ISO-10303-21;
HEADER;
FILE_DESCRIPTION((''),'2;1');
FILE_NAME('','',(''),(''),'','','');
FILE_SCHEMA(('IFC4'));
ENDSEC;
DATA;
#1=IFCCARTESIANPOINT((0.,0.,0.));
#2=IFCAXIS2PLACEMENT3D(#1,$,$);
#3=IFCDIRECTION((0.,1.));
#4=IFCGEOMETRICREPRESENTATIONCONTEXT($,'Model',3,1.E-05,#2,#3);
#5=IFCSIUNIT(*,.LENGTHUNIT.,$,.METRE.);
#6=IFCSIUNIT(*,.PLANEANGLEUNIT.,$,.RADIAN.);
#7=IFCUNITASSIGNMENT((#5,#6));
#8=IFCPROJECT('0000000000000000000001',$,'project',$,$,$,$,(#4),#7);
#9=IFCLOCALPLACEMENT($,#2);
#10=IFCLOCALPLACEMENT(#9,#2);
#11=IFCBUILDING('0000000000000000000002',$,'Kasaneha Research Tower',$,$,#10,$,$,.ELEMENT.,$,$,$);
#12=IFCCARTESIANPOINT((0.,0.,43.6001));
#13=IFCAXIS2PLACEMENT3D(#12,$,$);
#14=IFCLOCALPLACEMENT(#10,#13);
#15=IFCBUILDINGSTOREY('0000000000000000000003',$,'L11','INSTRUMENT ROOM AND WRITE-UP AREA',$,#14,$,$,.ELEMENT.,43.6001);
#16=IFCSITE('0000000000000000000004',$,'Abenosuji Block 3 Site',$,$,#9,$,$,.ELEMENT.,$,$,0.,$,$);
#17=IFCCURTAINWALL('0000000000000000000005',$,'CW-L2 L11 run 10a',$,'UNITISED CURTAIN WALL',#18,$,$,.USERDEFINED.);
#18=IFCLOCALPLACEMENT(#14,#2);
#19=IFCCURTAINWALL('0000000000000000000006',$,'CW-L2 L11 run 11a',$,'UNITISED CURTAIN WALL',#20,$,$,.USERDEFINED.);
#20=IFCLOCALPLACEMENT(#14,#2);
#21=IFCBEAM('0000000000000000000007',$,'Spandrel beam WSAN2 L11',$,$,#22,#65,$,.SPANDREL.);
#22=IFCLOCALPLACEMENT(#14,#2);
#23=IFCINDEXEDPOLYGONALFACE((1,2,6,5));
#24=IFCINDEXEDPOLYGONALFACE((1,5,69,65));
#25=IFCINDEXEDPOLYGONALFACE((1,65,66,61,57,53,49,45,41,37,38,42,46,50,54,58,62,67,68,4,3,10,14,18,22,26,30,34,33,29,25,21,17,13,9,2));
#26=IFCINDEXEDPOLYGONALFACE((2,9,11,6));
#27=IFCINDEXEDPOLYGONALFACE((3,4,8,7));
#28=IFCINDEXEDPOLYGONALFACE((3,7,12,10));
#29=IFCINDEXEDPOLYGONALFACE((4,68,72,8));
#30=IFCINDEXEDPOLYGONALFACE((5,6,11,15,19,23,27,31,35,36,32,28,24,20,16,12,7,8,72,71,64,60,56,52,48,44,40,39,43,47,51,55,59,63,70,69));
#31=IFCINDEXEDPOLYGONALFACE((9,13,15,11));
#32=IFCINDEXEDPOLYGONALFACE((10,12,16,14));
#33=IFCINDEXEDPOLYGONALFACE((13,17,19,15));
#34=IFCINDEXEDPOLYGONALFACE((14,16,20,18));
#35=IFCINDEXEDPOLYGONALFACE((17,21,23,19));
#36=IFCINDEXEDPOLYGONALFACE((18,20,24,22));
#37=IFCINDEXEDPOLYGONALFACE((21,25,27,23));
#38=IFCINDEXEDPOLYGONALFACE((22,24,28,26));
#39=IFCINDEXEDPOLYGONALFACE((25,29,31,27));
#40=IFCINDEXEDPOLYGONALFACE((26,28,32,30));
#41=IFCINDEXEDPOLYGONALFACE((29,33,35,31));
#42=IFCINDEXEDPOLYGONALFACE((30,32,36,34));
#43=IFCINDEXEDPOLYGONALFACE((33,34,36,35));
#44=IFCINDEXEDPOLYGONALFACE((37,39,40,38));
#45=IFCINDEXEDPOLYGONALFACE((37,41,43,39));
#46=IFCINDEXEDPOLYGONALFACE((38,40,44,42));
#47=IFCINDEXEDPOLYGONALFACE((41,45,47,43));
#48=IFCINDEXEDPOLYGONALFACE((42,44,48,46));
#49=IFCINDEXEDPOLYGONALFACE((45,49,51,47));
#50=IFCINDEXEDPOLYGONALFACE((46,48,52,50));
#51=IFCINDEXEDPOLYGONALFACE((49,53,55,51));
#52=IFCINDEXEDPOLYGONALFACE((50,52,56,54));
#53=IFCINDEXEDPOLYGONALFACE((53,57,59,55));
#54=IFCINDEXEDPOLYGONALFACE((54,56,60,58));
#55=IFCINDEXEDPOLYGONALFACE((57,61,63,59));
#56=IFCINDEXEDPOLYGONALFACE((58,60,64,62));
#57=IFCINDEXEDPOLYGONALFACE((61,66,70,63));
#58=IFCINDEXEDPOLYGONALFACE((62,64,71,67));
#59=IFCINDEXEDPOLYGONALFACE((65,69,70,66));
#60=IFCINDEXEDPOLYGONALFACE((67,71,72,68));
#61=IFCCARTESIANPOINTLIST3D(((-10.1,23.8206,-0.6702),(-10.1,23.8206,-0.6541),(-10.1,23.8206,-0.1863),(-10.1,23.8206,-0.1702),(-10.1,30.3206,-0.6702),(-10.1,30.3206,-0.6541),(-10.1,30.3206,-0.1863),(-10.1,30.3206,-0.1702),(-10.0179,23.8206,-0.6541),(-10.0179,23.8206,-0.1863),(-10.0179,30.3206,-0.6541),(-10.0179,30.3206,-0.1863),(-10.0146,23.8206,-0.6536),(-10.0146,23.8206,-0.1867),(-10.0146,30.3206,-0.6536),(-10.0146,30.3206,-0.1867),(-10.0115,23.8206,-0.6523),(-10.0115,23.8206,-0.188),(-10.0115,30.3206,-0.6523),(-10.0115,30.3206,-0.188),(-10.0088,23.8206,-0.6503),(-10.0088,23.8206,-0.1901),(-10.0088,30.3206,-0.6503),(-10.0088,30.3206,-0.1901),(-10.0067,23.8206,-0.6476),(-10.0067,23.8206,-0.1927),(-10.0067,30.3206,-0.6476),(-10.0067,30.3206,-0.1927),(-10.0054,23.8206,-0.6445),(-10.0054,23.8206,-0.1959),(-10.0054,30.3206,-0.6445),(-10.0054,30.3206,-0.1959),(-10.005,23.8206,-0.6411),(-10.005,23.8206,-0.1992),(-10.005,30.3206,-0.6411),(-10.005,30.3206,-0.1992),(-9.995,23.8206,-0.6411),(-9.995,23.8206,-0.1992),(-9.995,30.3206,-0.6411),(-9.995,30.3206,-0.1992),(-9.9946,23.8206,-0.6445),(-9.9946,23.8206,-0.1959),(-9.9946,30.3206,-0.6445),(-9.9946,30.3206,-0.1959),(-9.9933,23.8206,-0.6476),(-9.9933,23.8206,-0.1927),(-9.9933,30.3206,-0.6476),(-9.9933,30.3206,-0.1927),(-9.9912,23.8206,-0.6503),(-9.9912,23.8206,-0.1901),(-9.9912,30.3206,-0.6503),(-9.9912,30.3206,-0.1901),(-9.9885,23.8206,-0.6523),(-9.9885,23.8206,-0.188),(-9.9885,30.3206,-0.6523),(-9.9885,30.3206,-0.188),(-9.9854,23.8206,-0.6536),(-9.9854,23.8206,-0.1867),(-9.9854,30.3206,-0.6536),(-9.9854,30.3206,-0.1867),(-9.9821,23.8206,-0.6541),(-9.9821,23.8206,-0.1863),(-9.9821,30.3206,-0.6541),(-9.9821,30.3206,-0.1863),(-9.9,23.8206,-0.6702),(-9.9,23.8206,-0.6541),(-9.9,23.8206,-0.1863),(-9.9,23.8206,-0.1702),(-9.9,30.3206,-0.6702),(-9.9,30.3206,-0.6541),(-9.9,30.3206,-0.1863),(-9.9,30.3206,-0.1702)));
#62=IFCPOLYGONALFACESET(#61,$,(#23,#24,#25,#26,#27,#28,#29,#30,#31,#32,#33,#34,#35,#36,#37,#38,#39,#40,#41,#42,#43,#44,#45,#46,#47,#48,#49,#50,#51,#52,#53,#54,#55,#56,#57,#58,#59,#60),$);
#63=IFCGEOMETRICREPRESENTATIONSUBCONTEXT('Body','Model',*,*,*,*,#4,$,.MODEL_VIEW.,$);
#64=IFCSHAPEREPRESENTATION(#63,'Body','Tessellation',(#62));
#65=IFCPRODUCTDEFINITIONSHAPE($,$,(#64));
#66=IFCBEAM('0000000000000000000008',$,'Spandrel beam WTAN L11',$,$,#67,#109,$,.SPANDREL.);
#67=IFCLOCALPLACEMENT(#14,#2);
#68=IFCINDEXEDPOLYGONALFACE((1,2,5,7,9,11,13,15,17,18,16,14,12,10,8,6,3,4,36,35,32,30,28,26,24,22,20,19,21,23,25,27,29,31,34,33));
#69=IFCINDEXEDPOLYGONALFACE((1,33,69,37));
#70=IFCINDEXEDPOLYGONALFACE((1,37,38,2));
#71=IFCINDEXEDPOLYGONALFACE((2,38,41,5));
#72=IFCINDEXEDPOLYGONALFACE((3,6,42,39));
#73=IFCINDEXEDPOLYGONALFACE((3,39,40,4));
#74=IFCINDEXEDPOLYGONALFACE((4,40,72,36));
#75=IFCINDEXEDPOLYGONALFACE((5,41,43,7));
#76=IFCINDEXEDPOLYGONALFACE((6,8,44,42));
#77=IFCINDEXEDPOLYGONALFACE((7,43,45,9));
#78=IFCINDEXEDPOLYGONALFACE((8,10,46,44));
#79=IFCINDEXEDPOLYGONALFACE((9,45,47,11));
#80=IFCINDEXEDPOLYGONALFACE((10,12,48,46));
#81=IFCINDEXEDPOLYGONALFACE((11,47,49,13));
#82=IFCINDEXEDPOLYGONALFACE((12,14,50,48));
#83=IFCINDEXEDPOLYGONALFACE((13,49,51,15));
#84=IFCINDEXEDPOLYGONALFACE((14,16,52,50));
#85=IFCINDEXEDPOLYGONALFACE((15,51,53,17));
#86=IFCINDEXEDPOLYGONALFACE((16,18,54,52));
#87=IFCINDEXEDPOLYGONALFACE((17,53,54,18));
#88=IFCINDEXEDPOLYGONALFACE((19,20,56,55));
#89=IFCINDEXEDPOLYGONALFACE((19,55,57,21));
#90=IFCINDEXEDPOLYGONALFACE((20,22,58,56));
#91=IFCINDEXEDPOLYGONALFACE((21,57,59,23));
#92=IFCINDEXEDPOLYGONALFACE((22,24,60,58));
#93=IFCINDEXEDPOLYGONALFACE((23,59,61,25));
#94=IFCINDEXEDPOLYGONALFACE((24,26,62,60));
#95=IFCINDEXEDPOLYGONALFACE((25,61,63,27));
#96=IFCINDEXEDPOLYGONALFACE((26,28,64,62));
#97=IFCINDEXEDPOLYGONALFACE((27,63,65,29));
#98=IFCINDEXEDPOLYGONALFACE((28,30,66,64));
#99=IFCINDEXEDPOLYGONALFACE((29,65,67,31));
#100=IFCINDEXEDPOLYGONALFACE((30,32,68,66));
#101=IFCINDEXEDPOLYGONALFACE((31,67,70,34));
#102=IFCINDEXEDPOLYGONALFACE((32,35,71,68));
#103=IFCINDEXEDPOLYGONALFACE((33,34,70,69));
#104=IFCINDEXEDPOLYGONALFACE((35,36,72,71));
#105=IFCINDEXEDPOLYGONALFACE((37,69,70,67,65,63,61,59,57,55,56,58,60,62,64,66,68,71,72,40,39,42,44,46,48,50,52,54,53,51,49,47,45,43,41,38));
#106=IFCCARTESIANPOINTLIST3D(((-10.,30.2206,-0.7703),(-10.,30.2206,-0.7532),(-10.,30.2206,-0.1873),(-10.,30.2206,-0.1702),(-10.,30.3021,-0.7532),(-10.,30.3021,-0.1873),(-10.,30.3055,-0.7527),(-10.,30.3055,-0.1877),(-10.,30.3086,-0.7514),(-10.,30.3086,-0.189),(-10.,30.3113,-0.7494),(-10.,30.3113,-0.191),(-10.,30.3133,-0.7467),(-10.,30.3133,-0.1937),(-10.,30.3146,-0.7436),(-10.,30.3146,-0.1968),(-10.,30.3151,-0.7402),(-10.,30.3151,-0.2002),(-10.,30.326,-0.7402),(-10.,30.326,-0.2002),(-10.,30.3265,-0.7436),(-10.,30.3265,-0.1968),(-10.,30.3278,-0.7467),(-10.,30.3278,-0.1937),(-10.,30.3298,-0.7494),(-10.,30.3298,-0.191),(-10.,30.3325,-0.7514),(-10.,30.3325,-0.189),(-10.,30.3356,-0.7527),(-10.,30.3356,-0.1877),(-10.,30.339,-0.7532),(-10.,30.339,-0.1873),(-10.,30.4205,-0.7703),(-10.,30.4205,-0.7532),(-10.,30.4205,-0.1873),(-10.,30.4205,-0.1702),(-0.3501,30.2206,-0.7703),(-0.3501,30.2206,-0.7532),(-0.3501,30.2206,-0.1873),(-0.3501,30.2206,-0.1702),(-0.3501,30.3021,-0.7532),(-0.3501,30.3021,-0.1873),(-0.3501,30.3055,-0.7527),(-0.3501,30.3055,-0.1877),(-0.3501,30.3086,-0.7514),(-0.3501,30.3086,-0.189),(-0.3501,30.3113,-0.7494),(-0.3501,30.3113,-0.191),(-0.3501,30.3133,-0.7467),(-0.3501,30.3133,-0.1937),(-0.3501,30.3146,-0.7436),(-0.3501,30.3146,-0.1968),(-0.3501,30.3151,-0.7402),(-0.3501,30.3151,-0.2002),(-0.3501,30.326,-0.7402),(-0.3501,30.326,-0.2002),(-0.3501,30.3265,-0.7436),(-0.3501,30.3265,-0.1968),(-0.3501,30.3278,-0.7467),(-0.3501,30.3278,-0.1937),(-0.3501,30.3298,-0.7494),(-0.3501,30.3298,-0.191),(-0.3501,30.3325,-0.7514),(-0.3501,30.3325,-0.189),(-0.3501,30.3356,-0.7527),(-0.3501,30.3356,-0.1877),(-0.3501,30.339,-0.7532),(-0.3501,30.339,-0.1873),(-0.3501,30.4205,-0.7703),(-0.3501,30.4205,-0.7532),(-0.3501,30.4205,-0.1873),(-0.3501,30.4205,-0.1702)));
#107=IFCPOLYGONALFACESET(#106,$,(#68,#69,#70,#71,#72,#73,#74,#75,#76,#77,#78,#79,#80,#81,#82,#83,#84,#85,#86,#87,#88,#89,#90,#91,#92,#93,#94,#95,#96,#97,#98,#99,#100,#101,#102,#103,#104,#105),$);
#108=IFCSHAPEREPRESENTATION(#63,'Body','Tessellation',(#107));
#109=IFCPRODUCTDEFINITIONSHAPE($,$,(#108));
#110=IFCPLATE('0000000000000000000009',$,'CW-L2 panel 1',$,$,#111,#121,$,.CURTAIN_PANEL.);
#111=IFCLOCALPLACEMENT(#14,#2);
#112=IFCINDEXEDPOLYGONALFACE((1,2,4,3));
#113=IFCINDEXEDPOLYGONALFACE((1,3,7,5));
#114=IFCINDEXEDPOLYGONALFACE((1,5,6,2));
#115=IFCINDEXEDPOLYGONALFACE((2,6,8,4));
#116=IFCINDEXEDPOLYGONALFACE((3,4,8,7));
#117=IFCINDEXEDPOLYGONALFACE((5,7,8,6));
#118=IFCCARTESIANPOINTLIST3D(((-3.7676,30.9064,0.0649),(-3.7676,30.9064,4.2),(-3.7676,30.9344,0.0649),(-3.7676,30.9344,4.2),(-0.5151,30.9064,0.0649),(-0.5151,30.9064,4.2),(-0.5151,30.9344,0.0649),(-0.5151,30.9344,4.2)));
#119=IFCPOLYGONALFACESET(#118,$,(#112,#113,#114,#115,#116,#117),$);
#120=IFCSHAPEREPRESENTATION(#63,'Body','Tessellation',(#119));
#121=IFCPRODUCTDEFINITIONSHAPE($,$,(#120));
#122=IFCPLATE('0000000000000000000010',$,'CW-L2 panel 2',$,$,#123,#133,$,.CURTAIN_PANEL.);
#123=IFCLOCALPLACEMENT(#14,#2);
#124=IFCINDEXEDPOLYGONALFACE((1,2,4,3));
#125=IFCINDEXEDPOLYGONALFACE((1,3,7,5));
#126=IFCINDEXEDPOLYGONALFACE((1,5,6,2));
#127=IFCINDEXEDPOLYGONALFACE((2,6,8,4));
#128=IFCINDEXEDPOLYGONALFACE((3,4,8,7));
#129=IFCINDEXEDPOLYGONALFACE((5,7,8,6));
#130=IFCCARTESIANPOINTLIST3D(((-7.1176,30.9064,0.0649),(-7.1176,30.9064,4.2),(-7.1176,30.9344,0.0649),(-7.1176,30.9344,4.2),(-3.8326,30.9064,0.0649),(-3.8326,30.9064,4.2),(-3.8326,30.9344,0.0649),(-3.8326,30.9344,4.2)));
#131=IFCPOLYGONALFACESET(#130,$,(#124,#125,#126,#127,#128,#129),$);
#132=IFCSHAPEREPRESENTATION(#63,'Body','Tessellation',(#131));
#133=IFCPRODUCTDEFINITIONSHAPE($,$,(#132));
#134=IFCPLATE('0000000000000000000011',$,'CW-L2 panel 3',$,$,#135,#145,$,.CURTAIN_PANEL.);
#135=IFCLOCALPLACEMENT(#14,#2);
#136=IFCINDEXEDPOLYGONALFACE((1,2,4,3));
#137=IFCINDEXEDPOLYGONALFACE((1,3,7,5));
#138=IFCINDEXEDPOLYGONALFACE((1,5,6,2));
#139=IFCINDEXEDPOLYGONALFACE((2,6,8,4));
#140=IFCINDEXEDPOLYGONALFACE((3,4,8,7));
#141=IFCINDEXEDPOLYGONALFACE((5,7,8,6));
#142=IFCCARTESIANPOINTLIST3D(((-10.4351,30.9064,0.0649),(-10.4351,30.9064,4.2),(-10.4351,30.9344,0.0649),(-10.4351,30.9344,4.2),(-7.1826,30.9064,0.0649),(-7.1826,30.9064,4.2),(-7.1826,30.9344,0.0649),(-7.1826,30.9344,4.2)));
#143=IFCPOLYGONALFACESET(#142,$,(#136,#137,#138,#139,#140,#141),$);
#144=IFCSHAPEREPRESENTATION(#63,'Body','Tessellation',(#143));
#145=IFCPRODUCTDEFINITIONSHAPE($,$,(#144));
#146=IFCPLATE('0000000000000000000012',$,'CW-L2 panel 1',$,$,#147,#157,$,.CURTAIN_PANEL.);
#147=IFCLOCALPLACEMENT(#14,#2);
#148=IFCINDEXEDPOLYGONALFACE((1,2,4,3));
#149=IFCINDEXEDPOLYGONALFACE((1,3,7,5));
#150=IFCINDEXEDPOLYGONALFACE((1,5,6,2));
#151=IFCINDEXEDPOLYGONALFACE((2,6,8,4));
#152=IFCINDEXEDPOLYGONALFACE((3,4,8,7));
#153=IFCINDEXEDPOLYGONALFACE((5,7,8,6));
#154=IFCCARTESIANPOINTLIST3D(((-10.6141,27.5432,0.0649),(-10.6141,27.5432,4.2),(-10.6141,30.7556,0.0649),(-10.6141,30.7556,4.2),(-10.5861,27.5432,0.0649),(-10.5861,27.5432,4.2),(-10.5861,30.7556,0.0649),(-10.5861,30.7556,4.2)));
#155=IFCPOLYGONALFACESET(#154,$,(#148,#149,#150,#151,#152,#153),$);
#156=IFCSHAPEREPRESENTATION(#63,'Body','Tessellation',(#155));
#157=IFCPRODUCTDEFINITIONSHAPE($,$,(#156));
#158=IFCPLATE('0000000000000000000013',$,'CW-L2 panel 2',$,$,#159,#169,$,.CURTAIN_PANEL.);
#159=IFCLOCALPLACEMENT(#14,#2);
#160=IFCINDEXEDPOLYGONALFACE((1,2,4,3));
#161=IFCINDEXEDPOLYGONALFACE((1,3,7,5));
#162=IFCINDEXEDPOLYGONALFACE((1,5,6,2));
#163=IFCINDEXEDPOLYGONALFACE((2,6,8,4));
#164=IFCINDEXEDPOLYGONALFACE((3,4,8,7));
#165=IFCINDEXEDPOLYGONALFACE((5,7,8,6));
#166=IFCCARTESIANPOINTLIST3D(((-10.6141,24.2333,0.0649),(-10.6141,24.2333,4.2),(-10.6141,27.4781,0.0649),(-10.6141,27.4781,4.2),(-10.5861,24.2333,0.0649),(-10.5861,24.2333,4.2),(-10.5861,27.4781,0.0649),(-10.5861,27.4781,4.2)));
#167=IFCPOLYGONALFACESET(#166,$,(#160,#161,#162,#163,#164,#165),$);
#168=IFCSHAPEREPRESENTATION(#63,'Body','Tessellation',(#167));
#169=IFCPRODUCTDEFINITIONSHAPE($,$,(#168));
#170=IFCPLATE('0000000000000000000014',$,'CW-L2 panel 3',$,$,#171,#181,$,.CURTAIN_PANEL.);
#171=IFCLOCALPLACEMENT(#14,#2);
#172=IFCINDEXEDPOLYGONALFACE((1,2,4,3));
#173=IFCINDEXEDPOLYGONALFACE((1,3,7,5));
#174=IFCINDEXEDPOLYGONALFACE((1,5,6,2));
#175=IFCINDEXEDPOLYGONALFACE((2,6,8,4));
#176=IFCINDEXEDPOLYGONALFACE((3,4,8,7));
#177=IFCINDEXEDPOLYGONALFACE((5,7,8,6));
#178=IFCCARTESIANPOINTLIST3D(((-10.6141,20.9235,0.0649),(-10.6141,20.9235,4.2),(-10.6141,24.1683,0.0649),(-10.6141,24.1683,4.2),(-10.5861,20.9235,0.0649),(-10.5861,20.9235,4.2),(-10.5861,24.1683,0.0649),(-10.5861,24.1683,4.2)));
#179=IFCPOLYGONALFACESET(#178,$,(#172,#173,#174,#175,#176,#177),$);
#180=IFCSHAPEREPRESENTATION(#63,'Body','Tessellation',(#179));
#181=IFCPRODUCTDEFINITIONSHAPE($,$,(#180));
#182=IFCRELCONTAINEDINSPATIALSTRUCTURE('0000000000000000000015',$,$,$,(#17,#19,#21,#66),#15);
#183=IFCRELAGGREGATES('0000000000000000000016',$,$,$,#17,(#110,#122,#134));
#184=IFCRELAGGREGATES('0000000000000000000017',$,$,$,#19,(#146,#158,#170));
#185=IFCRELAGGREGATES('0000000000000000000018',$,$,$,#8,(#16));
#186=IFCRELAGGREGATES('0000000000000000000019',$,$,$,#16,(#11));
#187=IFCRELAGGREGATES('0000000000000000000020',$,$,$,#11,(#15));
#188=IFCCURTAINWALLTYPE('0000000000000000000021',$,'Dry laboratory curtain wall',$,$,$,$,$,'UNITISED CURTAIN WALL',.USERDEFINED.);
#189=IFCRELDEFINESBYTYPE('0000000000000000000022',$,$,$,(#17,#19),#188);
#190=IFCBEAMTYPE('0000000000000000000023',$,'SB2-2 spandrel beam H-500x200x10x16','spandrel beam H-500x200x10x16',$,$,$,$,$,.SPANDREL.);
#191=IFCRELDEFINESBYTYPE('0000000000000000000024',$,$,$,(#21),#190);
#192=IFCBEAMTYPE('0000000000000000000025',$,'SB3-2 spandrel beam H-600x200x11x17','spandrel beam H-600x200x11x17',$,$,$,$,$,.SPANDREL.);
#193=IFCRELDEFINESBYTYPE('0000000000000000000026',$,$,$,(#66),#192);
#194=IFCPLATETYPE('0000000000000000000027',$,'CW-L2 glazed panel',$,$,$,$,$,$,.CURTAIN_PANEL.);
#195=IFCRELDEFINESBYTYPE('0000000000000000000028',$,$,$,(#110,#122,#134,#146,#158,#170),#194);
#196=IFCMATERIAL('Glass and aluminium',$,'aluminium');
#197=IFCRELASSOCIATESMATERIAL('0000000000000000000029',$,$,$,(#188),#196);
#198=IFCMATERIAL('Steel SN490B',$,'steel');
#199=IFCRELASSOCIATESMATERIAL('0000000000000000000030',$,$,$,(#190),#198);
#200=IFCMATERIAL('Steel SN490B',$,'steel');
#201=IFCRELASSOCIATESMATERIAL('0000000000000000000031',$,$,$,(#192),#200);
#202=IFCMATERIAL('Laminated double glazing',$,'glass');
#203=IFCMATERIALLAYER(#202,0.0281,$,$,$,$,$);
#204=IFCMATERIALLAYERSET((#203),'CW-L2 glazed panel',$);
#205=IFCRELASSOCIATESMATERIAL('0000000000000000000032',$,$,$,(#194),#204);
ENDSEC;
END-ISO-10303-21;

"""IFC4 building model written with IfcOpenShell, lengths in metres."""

from ifc_helpers import new_model, si_unit, direction, frame, origin, origin_2d, place, context, subcontext, project, spatial, rectangle, i_section, extrude, material, layer, layer_set, material_profile, profile_set, type_object, element, aggregate, save


model = new_model("IFC4")

# Units and contexts
model_context = context("Model", 3, precision=1e-05, world=origin(), true_north=direction((0.0, 1.0)))
body_context = subcontext(model_context, "Body", "Model", "MODEL_VIEW")
ifc_project = project(units=[si_unit("LENGTHUNIT", "METRE"), si_unit("PLANEANGLEUNIT", "RADIAN")], contexts=[model_context])

# Site, building, storey
site_placement = place(None, origin())
site = spatial("IfcSite", under=ifc_project, at=site_placement, Name="Abenosuji Block 3 Site", CompositionType="ELEMENT", RefElevation=0.0)
building_placement = place(site_placement, origin())
building = spatial("IfcBuilding", under=site, at=building_placement, Name="Kasaneha Research Tower", CompositionType="ELEMENT")
storey_placement = place(building_placement, frame((0.0, 0.0, 43.6001)))
storey = spatial("IfcBuildingStorey", under=building, at=storey_placement, Name="L11", Description="INSTRUMENT ROOM AND WRITE-UP AREA", CompositionType="ELEMENT", Elevation=43.6001)

# Curtain walls
ifc_material_1 = material(Name="Glass and aluminium", Category="aluminium")
curtain_wall_type = type_object("IfcCurtainWallType", Name="Dry laboratory curtain wall", ElementType="UNITISED CURTAIN WALL", PredefinedType="USERDEFINED", material=ifc_material_1)
curtain_wall_1_placement = place(storey_placement, origin())
curtain_wall_1 = element("IfcCurtainWall", 1, at=curtain_wall_1_placement, inside=storey, type_object=curtain_wall_type, Name="CW-L2 L11 run 10a", ObjectType="UNITISED CURTAIN WALL", PredefinedType="USERDEFINED")
curtain_wall_2_placement = place(storey_placement, origin())
curtain_wall_2 = element("IfcCurtainWall", 2, at=curtain_wall_2_placement, inside=storey, type_object=curtain_wall_type, Name="CW-L2 L11 run 11a", ObjectType="UNITISED CURTAIN WALL", PredefinedType="USERDEFINED")

# Beams
ifc_material_2 = material(Name="Steel SN490B", Category="steel")
ifc_material_profile_1 = material_profile(ifc_material_2, i_section(OverallWidth=0.2, OverallDepth=0.5, WebThickness=0.01, FlangeThickness=0.0161, FilletRadius=0.0129, at=origin_2d()), Name="H-500x200x10x16")
ifc_profile_set_1 = profile_set([ifc_material_profile_1], Name="Steel SN490B")
beam_type_1 = type_object("IfcBeamType", Name="SB2-2 spandrel beam H-500x200x10x16", Description="spandrel beam H-500x200x10x16", PredefinedType="SPANDREL", material=ifc_profile_set_1)
beam_1_placement = place(storey_placement, frame((-10.0, 23.8206, -0.4202), z_axis=(0.0, 1.0, 0.0), x_axis=(-1.0, 0.0, 0.0)))
element("IfcBeam", 3, at=beam_1_placement, inside=storey, type_object=beam_type_1, Name="Spandrel beam WSAN2 L11", PredefinedType="SPANDREL", context=body_context, shape_type="SweptSolid", body=[
    extrude(i_section(OverallWidth=0.2, OverallDepth=0.5, WebThickness=0.01, FlangeThickness=0.0161, FilletRadius=0.0129, at=origin_2d()), origin(), (0.0, 0.0, 1.0), 6.5),
])
ifc_material_3 = material(Name="Steel SN490B", Category="steel")
ifc_material_profile_2 = material_profile(ifc_material_3, i_section(OverallWidth=0.2, OverallDepth=0.6001, WebThickness=0.011, FlangeThickness=0.0171, FilletRadius=0.0129, at=origin_2d()), Name="H-600x200x11x17")
ifc_profile_set_2 = profile_set([ifc_material_profile_2], Name="Steel SN490B")
beam_type_2 = type_object("IfcBeamType", Name="SB3-2 spandrel beam H-600x200x11x17", Description="spandrel beam H-600x200x11x17", PredefinedType="SPANDREL", material=ifc_profile_set_2)
beam_2_placement = place(storey_placement, frame((-10.0, 30.3206, -0.4702), z_axis=(1.0, 0.0, 0.0), x_axis=(0.0, 1.0, 0.0)))
element("IfcBeam", 4, at=beam_2_placement, inside=storey, type_object=beam_type_2, Name="Spandrel beam WTAN L11", PredefinedType="SPANDREL", context=body_context, shape_type="SweptSolid", body=[
    extrude(i_section(OverallWidth=0.2, OverallDepth=0.6001, WebThickness=0.011, FlangeThickness=0.0171, FilletRadius=0.0129, at=origin_2d()), origin(), (0.0, 0.0, 1.0), 9.6499),
])

# Plates
ifc_material_4 = material(Name="Laminated double glazing", Category="glass")
ifc_layer_1 = layer(ifc_material_4, 0.0281)
ifc_layer_set_1 = layer_set([ifc_layer_1], Name="CW-L2 glazed panel")
plate_type = type_object("IfcPlateType", Name="CW-L2 glazed panel", PredefinedType="CURTAIN_PANEL", material=ifc_layer_set_1)
plate_1_placement = place(storey_placement, frame((-2.1414, 30.9204, 0.0649), z_axis=(0.0, 0.0, 1.0), x_axis=(-1.0, 0.0, 0.0)))
plate_1 = element("IfcPlate", 5, at=plate_1_placement, type_object=plate_type, Name="CW-L2 panel 1", PredefinedType="CURTAIN_PANEL", context=body_context, shape_type="SweptSolid", body=[
    extrude(rectangle(XDim=3.2524, YDim=0.0281, at=origin_2d()), origin(), (0.0, 0.0, 1.0), 4.135),
])
plate_2_placement = place(storey_placement, frame((-5.4751, 30.9204, 0.0649), z_axis=(0.0, 0.0, 1.0), x_axis=(-1.0, 0.0, 0.0)))
plate_2 = element("IfcPlate", 6, at=plate_2_placement, type_object=plate_type, Name="CW-L2 panel 2", PredefinedType="CURTAIN_PANEL", context=body_context, shape_type="SweptSolid", body=[
    extrude(rectangle(XDim=3.2849, YDim=0.0281, at=origin_2d()), origin(), (0.0, 0.0, 1.0), 4.135),
])
plate_3_placement = place(storey_placement, frame((-8.8088, 30.9204, 0.0649), z_axis=(0.0, 0.0, 1.0), x_axis=(-1.0, 0.0, 0.0)))
plate_3 = element("IfcPlate", 7, at=plate_3_placement, type_object=plate_type, Name="CW-L2 panel 3", PredefinedType="CURTAIN_PANEL", context=body_context, shape_type="SweptSolid", body=[
    extrude(rectangle(XDim=3.2524, YDim=0.0281, at=origin_2d()), origin(), (0.0, 0.0, 1.0), 4.135),
])
aggregate(curtain_wall_1, [plate_1, plate_2, plate_3])
plate_4_placement = place(storey_placement, frame((-10.6001, 29.1494, 0.0649), z_axis=(0.0, 0.0, 1.0), x_axis=(0.0, -1.0, 0.0)))
plate_4 = element("IfcPlate", 8, at=plate_4_placement, type_object=plate_type, Name="CW-L2 panel 1", PredefinedType="CURTAIN_PANEL", context=body_context, shape_type="SweptSolid", body=[
    extrude(rectangle(XDim=3.2124, YDim=0.0281, at=origin_2d()), origin(), (0.0, 0.0, 1.0), 4.135),
])
plate_5_placement = place(storey_placement, frame((-10.6001, 25.8557, 0.0649), z_axis=(0.0, 0.0, 1.0), x_axis=(0.0, -1.0, 0.0)))
plate_5 = element("IfcPlate", 9, at=plate_5_placement, type_object=plate_type, Name="CW-L2 panel 2", PredefinedType="CURTAIN_PANEL", context=body_context, shape_type="SweptSolid", body=[
    extrude(rectangle(XDim=3.2449, YDim=0.0281, at=origin_2d()), origin(), (0.0, 0.0, 1.0), 4.135),
])
plate_6_placement = place(storey_placement, frame((-10.6001, 22.5459, 0.0649), z_axis=(0.0, 0.0, 1.0), x_axis=(0.0, -1.0, 0.0)))
plate_6 = element("IfcPlate", 10, at=plate_6_placement, type_object=plate_type, Name="CW-L2 panel 3", PredefinedType="CURTAIN_PANEL", context=body_context, shape_type="SweptSolid", body=[
    extrude(rectangle(XDim=3.2449, YDim=0.0281, at=origin_2d()), origin(), (0.0, 0.0, 1.0), 4.135),
])
aggregate(curtain_wall_2, [plate_4, plate_5, plate_6])

save(model, "model.ifc")
